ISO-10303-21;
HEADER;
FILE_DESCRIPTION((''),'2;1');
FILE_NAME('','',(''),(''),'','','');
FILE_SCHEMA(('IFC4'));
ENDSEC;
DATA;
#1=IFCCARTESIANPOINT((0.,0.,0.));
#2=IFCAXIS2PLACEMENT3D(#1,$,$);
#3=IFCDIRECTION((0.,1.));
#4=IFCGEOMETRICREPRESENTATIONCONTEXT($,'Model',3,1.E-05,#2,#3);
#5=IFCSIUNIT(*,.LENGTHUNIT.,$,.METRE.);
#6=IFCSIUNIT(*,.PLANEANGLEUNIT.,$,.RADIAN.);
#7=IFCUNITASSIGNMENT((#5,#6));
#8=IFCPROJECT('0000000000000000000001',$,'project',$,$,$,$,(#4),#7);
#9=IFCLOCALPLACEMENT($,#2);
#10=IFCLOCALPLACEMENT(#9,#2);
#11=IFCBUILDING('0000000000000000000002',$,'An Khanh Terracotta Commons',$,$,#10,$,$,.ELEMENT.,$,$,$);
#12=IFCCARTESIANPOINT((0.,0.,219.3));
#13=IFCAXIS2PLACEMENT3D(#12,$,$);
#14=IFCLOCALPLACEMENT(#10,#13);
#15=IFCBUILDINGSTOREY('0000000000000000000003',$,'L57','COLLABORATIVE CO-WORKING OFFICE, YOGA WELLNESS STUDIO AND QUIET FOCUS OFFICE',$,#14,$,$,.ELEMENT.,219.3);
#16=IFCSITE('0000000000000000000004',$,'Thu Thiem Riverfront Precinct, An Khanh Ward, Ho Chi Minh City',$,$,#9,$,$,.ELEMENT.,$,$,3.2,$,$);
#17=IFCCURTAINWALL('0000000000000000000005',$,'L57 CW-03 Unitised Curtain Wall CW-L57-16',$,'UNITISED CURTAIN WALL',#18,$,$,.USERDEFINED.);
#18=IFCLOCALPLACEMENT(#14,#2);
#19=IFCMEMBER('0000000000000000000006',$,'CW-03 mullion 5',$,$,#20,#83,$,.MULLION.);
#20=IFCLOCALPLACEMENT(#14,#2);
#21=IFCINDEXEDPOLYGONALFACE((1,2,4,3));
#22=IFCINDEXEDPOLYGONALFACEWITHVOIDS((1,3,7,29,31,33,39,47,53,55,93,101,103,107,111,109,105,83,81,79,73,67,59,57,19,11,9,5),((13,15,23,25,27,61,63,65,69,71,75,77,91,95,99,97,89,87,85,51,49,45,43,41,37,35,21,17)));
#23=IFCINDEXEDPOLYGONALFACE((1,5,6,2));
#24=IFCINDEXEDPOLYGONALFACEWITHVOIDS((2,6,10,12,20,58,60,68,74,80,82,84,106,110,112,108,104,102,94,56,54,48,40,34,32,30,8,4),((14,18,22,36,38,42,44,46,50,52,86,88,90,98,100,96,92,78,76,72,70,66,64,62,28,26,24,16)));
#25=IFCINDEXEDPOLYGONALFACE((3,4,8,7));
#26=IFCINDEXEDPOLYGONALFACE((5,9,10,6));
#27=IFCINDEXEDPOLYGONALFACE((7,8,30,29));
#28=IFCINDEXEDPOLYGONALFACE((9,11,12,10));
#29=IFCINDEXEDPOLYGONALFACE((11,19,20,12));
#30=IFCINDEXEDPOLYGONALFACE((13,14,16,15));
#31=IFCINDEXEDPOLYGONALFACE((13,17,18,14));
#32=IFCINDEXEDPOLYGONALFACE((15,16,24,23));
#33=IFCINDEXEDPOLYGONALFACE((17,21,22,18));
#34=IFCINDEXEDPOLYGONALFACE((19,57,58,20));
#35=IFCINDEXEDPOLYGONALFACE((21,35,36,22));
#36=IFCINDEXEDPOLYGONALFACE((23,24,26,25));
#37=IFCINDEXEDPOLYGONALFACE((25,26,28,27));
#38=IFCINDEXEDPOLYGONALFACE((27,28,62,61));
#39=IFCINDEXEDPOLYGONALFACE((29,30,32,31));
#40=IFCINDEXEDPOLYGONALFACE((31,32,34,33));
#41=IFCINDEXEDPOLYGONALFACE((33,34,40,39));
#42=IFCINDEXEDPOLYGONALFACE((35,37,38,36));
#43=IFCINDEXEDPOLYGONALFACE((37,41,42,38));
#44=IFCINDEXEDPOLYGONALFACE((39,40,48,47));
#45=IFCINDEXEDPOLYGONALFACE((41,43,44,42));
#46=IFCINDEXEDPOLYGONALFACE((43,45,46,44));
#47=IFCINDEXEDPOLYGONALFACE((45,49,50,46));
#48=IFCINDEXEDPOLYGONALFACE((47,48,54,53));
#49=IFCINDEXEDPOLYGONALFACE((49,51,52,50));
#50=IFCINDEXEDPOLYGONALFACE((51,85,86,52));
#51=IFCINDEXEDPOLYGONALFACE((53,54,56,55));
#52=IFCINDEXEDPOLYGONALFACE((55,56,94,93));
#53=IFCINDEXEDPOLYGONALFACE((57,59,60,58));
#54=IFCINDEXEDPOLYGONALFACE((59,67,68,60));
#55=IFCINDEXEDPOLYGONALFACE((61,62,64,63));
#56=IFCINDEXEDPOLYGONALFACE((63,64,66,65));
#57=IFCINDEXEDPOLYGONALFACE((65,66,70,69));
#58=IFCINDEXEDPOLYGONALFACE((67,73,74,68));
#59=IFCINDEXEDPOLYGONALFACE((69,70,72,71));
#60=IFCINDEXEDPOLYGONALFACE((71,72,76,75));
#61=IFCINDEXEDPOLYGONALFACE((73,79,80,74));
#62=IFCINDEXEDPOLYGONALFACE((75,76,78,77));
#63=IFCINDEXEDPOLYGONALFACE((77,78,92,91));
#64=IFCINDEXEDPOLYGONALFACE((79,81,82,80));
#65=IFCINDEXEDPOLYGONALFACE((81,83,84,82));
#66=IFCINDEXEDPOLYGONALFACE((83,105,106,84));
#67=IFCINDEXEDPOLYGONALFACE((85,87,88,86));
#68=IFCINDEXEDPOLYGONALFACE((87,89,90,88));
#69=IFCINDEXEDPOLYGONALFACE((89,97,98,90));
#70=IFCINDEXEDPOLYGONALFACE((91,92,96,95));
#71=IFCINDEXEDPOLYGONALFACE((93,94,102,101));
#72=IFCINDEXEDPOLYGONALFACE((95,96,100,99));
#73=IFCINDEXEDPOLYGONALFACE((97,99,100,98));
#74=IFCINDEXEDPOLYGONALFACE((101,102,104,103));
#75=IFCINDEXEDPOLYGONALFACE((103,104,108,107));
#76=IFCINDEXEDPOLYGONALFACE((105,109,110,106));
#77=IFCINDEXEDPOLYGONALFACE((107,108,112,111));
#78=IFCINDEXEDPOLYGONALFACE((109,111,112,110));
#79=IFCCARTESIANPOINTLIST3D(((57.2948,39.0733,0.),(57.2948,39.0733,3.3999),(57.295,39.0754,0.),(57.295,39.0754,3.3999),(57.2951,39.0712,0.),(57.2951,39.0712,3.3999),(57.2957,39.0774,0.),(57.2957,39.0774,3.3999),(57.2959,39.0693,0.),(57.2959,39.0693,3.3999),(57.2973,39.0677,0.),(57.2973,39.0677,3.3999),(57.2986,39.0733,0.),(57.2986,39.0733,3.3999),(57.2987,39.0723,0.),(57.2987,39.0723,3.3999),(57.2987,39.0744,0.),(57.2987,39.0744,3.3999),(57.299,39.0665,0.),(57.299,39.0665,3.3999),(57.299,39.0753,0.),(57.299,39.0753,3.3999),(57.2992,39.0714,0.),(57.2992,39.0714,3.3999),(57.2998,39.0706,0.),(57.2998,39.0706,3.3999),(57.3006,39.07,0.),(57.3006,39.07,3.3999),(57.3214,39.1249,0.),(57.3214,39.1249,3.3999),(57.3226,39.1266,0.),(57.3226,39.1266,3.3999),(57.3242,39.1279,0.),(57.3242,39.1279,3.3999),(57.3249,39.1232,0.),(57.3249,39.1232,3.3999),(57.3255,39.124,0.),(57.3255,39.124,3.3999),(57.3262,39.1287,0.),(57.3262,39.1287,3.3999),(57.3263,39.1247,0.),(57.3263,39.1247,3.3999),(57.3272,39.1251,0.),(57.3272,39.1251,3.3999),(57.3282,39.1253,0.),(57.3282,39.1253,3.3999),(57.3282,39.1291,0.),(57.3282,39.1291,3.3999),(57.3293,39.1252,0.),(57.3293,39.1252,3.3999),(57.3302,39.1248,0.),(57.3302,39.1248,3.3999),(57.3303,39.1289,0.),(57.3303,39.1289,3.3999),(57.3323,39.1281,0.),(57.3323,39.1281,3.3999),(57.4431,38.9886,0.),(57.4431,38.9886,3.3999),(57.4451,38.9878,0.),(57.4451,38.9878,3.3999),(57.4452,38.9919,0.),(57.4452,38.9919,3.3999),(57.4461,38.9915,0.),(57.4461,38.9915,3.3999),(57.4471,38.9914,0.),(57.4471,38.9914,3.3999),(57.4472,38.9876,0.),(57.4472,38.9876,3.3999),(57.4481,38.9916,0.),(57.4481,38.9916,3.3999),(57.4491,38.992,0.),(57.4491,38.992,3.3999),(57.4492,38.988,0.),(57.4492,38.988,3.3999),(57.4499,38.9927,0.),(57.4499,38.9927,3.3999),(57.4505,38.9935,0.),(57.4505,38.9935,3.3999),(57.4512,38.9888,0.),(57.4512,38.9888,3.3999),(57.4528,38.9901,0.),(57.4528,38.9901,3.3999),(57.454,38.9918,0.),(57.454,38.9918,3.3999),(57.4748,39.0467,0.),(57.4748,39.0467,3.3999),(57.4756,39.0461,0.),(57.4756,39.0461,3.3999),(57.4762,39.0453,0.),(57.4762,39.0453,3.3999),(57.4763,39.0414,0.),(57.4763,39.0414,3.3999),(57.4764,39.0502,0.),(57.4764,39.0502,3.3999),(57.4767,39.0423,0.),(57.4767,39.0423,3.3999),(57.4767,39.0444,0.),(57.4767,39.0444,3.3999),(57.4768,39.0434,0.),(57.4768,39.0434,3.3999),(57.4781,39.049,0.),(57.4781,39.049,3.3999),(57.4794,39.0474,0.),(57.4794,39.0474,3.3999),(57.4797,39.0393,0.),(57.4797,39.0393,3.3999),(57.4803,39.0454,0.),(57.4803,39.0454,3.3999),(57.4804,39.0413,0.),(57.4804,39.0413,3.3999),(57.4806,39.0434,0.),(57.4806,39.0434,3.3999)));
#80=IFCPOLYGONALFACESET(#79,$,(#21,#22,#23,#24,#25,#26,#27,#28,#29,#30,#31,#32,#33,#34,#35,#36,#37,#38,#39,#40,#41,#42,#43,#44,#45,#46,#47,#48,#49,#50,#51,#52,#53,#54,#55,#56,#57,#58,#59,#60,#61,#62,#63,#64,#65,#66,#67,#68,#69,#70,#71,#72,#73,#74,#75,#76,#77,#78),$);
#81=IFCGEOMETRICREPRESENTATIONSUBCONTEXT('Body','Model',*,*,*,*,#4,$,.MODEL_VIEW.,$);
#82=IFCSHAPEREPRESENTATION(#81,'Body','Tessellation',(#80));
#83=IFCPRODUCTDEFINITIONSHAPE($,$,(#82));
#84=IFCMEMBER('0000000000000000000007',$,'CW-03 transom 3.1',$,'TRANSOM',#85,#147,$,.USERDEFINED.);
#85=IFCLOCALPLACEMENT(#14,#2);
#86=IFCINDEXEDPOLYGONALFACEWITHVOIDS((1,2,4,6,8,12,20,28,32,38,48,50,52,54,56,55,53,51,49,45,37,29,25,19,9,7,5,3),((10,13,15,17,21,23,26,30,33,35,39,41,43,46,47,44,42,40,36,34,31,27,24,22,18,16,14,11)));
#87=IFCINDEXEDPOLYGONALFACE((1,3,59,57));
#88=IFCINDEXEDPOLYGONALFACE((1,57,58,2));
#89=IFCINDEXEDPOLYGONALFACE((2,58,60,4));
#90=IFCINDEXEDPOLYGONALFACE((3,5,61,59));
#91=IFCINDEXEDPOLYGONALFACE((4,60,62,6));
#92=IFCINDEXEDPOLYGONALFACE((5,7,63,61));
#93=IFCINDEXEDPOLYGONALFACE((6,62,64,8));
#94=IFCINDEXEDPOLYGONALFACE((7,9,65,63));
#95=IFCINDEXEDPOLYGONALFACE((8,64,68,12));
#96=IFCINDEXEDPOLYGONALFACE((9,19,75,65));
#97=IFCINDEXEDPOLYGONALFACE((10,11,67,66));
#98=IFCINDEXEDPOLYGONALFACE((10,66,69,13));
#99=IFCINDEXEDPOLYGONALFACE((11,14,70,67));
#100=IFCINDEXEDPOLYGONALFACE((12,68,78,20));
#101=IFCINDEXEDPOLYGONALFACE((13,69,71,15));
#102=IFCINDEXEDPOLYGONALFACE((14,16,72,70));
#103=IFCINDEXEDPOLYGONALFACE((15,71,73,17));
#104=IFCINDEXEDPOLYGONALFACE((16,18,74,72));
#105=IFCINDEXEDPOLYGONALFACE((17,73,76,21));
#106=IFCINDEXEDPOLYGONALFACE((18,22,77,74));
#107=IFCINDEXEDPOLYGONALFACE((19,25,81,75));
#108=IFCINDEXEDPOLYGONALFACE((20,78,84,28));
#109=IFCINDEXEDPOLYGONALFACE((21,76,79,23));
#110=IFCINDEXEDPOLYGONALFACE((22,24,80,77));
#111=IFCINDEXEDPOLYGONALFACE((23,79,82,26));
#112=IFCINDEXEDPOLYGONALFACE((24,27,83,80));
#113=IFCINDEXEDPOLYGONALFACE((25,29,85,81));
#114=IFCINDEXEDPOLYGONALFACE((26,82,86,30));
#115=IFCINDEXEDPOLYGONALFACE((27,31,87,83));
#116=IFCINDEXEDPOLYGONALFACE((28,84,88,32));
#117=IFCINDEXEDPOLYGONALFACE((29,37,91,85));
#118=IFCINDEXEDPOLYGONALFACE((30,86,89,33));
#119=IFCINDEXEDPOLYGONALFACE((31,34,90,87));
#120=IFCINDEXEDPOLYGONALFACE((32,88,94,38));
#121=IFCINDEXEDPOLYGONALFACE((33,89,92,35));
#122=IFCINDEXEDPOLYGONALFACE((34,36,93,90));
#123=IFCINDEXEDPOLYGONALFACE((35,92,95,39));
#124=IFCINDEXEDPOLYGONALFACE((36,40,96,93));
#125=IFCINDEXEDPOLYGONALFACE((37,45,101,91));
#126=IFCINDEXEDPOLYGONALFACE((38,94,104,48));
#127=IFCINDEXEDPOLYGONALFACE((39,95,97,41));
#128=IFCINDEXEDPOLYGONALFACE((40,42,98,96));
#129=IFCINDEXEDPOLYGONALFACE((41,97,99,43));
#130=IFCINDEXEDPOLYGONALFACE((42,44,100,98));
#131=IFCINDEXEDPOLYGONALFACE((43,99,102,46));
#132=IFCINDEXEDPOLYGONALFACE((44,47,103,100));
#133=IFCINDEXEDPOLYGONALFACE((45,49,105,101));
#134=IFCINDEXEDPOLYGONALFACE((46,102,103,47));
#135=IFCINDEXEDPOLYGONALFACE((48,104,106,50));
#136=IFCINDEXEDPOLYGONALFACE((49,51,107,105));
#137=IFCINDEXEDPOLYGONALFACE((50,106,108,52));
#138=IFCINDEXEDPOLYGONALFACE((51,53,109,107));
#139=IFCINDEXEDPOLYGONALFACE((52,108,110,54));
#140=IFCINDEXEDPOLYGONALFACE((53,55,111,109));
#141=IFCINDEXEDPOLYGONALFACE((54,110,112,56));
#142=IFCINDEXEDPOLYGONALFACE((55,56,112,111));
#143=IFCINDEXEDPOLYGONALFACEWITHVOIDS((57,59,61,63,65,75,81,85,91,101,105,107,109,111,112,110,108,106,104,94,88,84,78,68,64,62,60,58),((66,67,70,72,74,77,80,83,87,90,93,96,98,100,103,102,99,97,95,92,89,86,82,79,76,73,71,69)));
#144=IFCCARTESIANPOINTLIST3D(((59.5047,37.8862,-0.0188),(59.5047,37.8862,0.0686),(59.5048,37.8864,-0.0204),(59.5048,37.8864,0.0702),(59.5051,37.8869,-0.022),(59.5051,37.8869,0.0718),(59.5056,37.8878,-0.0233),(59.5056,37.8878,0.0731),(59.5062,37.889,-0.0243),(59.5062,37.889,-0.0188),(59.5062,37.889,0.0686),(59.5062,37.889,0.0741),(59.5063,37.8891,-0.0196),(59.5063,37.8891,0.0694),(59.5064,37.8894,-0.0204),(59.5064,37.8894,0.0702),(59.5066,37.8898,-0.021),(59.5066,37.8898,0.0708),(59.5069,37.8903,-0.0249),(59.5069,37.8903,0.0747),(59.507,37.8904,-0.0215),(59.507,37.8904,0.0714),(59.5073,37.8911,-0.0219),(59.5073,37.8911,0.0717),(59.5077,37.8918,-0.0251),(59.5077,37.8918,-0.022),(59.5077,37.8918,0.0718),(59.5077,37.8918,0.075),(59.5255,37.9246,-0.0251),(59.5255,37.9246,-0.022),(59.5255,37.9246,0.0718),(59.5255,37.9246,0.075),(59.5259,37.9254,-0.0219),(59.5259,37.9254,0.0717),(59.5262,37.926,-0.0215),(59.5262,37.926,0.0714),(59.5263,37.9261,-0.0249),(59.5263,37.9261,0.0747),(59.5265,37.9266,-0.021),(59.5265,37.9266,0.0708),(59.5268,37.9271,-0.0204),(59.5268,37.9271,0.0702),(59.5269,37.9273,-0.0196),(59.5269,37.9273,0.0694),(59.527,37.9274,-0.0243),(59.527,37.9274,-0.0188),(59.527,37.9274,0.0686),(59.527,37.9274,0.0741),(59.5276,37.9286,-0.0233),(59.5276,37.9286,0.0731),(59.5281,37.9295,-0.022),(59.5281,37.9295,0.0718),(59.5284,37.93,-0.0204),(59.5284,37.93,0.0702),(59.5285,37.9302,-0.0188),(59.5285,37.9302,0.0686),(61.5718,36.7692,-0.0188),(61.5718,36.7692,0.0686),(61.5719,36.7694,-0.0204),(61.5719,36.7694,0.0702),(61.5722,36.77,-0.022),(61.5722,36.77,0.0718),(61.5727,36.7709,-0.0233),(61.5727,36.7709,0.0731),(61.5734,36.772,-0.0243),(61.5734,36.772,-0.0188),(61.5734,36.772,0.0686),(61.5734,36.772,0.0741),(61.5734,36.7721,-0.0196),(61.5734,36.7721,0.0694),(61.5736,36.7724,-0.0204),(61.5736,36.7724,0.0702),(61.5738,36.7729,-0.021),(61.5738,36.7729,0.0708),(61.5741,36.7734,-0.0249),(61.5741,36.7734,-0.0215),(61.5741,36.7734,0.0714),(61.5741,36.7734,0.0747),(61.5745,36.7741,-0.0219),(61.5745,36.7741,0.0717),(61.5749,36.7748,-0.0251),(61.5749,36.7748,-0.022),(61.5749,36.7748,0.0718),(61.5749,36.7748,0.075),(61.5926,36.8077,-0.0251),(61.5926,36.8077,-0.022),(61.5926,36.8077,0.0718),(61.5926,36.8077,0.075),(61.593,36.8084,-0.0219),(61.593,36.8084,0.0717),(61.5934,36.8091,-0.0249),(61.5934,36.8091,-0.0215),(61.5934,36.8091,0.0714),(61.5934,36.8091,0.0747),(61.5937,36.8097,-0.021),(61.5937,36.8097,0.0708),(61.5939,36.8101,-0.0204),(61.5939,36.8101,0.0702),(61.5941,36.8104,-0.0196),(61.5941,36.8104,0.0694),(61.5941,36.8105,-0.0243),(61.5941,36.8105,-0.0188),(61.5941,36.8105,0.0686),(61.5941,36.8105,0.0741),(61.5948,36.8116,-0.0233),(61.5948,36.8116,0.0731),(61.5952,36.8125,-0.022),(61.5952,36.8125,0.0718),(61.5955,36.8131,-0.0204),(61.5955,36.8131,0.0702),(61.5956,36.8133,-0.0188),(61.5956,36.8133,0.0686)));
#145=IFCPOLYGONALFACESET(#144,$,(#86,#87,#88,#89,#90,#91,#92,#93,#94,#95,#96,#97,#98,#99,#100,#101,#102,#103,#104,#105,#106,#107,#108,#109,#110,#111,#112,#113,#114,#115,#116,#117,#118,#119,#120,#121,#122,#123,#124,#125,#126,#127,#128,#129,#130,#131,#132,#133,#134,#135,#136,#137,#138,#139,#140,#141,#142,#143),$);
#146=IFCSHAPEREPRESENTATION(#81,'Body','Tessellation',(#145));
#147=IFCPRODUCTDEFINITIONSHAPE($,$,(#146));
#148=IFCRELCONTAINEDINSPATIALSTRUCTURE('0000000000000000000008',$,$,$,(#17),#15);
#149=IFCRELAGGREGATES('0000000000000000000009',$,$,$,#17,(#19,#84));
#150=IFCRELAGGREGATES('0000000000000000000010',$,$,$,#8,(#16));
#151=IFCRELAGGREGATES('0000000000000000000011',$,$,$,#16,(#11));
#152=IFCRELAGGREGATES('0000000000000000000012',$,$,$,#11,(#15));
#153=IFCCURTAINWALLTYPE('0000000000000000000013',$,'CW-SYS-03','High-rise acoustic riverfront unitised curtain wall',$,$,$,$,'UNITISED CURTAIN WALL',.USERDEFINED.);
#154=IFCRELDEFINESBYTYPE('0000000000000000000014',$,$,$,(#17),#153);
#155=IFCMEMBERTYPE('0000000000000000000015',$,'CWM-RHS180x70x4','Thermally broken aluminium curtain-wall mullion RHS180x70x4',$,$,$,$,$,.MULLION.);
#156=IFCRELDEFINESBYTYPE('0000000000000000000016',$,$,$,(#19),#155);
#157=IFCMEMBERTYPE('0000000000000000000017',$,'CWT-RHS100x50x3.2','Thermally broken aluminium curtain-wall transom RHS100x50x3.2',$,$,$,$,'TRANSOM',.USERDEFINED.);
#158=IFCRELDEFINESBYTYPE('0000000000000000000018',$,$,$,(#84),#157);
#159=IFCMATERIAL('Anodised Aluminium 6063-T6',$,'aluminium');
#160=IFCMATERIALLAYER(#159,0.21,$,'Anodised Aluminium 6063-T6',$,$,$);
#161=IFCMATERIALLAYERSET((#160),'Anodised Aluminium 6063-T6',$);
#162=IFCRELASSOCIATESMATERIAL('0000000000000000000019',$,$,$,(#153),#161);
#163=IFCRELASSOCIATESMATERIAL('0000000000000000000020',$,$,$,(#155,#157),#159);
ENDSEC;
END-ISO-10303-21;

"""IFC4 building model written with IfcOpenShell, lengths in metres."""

from ifc_helpers import new_model, si_unit, direction, frame, origin, origin_2d, place, context, subcontext, project, spatial, hollow_rectangle, extrude, material, layer, layer_set, material_profile, profile_set, type_object, element, aggregate, save


model = new_model("IFC4")

# Units and contexts
model_context = context("Model", 3, precision=1e-05, world=origin(), true_north=direction((0.0, 1.0)))
body_context = subcontext(model_context, "Body", "Model", "MODEL_VIEW")
ifc_project = project(units=[si_unit("LENGTHUNIT", "METRE"), si_unit("PLANEANGLEUNIT", "RADIAN")], contexts=[model_context])

# Site, building, storey
site_placement = place(None, origin())
site = spatial("IfcSite", under=ifc_project, at=site_placement, Name="Thu Thiem Riverfront Precinct, An Khanh Ward, Ho Chi Minh City", CompositionType="ELEMENT", RefElevation=3.2)
building_placement = place(site_placement, origin())
building = spatial("IfcBuilding", under=site, at=building_placement, Name="An Khanh Terracotta Commons", CompositionType="ELEMENT")
storey_placement = place(building_placement, frame((0.0, 0.0, 219.3)))
storey = spatial("IfcBuildingStorey", under=building, at=storey_placement, Name="L57", Description="COLLABORATIVE CO-WORKING OFFICE, YOGA WELLNESS STUDIO AND QUIET FOCUS OFFICE", CompositionType="ELEMENT", Elevation=219.3)

# Curtain wall, members
ifc_material_1 = material(Name="Anodised Aluminium 6063-T6", Category="aluminium")
ifc_layer_1 = layer(ifc_material_1, 0.21, Name="Anodised Aluminium 6063-T6")
ifc_layer_set_1 = layer_set([ifc_layer_1], Name="Anodised Aluminium 6063-T6")
curtain_wall_type = type_object("IfcCurtainWallType", Name="CW-SYS-03", Description="High-rise acoustic riverfront unitised curtain wall", ElementType="UNITISED CURTAIN WALL", PredefinedType="USERDEFINED", material=ifc_layer_set_1)
curtain_wall_placement = place(storey_placement, origin())
curtain_wall = element("IfcCurtainWall", 1, at=curtain_wall_placement, inside=storey, type_object=curtain_wall_type, Name="L57 CW-03 Unitised Curtain Wall CW-L57-16", ObjectType="UNITISED CURTAIN WALL", PredefinedType="USERDEFINED")
ifc_material_profile_1 = material_profile(ifc_material_1, hollow_rectangle(XDim=0.0701, YDim=0.1799, WallThickness=0.0039, InnerFilletRadius=0.0039, OuterFilletRadius=0.0081, at=origin_2d()), Name="RHS180x70x4")
ifc_profile_set_1 = profile_set([ifc_material_profile_1], Name="Anodised Aluminium 6063-T6")
member_type_1 = type_object("IfcMemberType", Name="CWM-RHS180x70x4", Description="Thermally broken aluminium curtain-wall mullion RHS180x70x4", PredefinedType="MULLION", material=ifc_profile_set_1)
member_1_placement = place(storey_placement, frame((57.3877, 39.0583, 0.0), z_axis=(0.0, 0.0, 1.0), x_axis=(-0.475381, -0.87978, 0.0)))
member_1 = element("IfcMember", 2, at=member_1_placement, type_object=member_type_1, Name="CW-03 mullion 5", PredefinedType="MULLION", context=body_context, shape_type="SweptSolid", body=[
    extrude(hollow_rectangle(XDim=0.0701, YDim=0.1799, WallThickness=0.0039, InnerFilletRadius=0.0039, OuterFilletRadius=0.0081, at=origin_2d()), origin(), (0.0, 0.0, 1.0), 3.3999),
])
ifc_material_profile_2 = material_profile(ifc_material_1, hollow_rectangle(XDim=0.05, YDim=0.1001, WallThickness=0.0032, InnerFilletRadius=0.0032, OuterFilletRadius=0.0063, at=origin_2d()), Name="RHS100x50x3.2")
ifc_profile_set_2 = profile_set([ifc_material_profile_2], Name="Anodised Aluminium 6063-T6")
member_type_2 = type_object("IfcMemberType", Name="CWT-RHS100x50x3.2", Description="Thermally broken aluminium curtain-wall transom RHS100x50x3.2", ElementType="TRANSOM", PredefinedType="USERDEFINED", material=ifc_profile_set_2)
member_2_placement = place(storey_placement, frame((61.5837, 36.7913, 0.0249), z_axis=(-0.879783, 0.475376, 0.0), x_axis=(-0.475376, -0.879783, 0.0)))
member_2 = element("IfcMember", 3, at=member_2_placement, type_object=member_type_2, Name="CW-03 transom 3.1", ObjectType="TRANSOM", PredefinedType="USERDEFINED", context=body_context, shape_type="SweptSolid", body=[
    extrude(hollow_rectangle(XDim=0.05, YDim=0.1001, WallThickness=0.0032, InnerFilletRadius=0.0032, OuterFilletRadius=0.0063, at=origin_2d()), origin(), (0.0, 0.0, 1.0), 2.3496),
])
aggregate(curtain_wall, [member_1, member_2])

save(model, "model.ifc")
